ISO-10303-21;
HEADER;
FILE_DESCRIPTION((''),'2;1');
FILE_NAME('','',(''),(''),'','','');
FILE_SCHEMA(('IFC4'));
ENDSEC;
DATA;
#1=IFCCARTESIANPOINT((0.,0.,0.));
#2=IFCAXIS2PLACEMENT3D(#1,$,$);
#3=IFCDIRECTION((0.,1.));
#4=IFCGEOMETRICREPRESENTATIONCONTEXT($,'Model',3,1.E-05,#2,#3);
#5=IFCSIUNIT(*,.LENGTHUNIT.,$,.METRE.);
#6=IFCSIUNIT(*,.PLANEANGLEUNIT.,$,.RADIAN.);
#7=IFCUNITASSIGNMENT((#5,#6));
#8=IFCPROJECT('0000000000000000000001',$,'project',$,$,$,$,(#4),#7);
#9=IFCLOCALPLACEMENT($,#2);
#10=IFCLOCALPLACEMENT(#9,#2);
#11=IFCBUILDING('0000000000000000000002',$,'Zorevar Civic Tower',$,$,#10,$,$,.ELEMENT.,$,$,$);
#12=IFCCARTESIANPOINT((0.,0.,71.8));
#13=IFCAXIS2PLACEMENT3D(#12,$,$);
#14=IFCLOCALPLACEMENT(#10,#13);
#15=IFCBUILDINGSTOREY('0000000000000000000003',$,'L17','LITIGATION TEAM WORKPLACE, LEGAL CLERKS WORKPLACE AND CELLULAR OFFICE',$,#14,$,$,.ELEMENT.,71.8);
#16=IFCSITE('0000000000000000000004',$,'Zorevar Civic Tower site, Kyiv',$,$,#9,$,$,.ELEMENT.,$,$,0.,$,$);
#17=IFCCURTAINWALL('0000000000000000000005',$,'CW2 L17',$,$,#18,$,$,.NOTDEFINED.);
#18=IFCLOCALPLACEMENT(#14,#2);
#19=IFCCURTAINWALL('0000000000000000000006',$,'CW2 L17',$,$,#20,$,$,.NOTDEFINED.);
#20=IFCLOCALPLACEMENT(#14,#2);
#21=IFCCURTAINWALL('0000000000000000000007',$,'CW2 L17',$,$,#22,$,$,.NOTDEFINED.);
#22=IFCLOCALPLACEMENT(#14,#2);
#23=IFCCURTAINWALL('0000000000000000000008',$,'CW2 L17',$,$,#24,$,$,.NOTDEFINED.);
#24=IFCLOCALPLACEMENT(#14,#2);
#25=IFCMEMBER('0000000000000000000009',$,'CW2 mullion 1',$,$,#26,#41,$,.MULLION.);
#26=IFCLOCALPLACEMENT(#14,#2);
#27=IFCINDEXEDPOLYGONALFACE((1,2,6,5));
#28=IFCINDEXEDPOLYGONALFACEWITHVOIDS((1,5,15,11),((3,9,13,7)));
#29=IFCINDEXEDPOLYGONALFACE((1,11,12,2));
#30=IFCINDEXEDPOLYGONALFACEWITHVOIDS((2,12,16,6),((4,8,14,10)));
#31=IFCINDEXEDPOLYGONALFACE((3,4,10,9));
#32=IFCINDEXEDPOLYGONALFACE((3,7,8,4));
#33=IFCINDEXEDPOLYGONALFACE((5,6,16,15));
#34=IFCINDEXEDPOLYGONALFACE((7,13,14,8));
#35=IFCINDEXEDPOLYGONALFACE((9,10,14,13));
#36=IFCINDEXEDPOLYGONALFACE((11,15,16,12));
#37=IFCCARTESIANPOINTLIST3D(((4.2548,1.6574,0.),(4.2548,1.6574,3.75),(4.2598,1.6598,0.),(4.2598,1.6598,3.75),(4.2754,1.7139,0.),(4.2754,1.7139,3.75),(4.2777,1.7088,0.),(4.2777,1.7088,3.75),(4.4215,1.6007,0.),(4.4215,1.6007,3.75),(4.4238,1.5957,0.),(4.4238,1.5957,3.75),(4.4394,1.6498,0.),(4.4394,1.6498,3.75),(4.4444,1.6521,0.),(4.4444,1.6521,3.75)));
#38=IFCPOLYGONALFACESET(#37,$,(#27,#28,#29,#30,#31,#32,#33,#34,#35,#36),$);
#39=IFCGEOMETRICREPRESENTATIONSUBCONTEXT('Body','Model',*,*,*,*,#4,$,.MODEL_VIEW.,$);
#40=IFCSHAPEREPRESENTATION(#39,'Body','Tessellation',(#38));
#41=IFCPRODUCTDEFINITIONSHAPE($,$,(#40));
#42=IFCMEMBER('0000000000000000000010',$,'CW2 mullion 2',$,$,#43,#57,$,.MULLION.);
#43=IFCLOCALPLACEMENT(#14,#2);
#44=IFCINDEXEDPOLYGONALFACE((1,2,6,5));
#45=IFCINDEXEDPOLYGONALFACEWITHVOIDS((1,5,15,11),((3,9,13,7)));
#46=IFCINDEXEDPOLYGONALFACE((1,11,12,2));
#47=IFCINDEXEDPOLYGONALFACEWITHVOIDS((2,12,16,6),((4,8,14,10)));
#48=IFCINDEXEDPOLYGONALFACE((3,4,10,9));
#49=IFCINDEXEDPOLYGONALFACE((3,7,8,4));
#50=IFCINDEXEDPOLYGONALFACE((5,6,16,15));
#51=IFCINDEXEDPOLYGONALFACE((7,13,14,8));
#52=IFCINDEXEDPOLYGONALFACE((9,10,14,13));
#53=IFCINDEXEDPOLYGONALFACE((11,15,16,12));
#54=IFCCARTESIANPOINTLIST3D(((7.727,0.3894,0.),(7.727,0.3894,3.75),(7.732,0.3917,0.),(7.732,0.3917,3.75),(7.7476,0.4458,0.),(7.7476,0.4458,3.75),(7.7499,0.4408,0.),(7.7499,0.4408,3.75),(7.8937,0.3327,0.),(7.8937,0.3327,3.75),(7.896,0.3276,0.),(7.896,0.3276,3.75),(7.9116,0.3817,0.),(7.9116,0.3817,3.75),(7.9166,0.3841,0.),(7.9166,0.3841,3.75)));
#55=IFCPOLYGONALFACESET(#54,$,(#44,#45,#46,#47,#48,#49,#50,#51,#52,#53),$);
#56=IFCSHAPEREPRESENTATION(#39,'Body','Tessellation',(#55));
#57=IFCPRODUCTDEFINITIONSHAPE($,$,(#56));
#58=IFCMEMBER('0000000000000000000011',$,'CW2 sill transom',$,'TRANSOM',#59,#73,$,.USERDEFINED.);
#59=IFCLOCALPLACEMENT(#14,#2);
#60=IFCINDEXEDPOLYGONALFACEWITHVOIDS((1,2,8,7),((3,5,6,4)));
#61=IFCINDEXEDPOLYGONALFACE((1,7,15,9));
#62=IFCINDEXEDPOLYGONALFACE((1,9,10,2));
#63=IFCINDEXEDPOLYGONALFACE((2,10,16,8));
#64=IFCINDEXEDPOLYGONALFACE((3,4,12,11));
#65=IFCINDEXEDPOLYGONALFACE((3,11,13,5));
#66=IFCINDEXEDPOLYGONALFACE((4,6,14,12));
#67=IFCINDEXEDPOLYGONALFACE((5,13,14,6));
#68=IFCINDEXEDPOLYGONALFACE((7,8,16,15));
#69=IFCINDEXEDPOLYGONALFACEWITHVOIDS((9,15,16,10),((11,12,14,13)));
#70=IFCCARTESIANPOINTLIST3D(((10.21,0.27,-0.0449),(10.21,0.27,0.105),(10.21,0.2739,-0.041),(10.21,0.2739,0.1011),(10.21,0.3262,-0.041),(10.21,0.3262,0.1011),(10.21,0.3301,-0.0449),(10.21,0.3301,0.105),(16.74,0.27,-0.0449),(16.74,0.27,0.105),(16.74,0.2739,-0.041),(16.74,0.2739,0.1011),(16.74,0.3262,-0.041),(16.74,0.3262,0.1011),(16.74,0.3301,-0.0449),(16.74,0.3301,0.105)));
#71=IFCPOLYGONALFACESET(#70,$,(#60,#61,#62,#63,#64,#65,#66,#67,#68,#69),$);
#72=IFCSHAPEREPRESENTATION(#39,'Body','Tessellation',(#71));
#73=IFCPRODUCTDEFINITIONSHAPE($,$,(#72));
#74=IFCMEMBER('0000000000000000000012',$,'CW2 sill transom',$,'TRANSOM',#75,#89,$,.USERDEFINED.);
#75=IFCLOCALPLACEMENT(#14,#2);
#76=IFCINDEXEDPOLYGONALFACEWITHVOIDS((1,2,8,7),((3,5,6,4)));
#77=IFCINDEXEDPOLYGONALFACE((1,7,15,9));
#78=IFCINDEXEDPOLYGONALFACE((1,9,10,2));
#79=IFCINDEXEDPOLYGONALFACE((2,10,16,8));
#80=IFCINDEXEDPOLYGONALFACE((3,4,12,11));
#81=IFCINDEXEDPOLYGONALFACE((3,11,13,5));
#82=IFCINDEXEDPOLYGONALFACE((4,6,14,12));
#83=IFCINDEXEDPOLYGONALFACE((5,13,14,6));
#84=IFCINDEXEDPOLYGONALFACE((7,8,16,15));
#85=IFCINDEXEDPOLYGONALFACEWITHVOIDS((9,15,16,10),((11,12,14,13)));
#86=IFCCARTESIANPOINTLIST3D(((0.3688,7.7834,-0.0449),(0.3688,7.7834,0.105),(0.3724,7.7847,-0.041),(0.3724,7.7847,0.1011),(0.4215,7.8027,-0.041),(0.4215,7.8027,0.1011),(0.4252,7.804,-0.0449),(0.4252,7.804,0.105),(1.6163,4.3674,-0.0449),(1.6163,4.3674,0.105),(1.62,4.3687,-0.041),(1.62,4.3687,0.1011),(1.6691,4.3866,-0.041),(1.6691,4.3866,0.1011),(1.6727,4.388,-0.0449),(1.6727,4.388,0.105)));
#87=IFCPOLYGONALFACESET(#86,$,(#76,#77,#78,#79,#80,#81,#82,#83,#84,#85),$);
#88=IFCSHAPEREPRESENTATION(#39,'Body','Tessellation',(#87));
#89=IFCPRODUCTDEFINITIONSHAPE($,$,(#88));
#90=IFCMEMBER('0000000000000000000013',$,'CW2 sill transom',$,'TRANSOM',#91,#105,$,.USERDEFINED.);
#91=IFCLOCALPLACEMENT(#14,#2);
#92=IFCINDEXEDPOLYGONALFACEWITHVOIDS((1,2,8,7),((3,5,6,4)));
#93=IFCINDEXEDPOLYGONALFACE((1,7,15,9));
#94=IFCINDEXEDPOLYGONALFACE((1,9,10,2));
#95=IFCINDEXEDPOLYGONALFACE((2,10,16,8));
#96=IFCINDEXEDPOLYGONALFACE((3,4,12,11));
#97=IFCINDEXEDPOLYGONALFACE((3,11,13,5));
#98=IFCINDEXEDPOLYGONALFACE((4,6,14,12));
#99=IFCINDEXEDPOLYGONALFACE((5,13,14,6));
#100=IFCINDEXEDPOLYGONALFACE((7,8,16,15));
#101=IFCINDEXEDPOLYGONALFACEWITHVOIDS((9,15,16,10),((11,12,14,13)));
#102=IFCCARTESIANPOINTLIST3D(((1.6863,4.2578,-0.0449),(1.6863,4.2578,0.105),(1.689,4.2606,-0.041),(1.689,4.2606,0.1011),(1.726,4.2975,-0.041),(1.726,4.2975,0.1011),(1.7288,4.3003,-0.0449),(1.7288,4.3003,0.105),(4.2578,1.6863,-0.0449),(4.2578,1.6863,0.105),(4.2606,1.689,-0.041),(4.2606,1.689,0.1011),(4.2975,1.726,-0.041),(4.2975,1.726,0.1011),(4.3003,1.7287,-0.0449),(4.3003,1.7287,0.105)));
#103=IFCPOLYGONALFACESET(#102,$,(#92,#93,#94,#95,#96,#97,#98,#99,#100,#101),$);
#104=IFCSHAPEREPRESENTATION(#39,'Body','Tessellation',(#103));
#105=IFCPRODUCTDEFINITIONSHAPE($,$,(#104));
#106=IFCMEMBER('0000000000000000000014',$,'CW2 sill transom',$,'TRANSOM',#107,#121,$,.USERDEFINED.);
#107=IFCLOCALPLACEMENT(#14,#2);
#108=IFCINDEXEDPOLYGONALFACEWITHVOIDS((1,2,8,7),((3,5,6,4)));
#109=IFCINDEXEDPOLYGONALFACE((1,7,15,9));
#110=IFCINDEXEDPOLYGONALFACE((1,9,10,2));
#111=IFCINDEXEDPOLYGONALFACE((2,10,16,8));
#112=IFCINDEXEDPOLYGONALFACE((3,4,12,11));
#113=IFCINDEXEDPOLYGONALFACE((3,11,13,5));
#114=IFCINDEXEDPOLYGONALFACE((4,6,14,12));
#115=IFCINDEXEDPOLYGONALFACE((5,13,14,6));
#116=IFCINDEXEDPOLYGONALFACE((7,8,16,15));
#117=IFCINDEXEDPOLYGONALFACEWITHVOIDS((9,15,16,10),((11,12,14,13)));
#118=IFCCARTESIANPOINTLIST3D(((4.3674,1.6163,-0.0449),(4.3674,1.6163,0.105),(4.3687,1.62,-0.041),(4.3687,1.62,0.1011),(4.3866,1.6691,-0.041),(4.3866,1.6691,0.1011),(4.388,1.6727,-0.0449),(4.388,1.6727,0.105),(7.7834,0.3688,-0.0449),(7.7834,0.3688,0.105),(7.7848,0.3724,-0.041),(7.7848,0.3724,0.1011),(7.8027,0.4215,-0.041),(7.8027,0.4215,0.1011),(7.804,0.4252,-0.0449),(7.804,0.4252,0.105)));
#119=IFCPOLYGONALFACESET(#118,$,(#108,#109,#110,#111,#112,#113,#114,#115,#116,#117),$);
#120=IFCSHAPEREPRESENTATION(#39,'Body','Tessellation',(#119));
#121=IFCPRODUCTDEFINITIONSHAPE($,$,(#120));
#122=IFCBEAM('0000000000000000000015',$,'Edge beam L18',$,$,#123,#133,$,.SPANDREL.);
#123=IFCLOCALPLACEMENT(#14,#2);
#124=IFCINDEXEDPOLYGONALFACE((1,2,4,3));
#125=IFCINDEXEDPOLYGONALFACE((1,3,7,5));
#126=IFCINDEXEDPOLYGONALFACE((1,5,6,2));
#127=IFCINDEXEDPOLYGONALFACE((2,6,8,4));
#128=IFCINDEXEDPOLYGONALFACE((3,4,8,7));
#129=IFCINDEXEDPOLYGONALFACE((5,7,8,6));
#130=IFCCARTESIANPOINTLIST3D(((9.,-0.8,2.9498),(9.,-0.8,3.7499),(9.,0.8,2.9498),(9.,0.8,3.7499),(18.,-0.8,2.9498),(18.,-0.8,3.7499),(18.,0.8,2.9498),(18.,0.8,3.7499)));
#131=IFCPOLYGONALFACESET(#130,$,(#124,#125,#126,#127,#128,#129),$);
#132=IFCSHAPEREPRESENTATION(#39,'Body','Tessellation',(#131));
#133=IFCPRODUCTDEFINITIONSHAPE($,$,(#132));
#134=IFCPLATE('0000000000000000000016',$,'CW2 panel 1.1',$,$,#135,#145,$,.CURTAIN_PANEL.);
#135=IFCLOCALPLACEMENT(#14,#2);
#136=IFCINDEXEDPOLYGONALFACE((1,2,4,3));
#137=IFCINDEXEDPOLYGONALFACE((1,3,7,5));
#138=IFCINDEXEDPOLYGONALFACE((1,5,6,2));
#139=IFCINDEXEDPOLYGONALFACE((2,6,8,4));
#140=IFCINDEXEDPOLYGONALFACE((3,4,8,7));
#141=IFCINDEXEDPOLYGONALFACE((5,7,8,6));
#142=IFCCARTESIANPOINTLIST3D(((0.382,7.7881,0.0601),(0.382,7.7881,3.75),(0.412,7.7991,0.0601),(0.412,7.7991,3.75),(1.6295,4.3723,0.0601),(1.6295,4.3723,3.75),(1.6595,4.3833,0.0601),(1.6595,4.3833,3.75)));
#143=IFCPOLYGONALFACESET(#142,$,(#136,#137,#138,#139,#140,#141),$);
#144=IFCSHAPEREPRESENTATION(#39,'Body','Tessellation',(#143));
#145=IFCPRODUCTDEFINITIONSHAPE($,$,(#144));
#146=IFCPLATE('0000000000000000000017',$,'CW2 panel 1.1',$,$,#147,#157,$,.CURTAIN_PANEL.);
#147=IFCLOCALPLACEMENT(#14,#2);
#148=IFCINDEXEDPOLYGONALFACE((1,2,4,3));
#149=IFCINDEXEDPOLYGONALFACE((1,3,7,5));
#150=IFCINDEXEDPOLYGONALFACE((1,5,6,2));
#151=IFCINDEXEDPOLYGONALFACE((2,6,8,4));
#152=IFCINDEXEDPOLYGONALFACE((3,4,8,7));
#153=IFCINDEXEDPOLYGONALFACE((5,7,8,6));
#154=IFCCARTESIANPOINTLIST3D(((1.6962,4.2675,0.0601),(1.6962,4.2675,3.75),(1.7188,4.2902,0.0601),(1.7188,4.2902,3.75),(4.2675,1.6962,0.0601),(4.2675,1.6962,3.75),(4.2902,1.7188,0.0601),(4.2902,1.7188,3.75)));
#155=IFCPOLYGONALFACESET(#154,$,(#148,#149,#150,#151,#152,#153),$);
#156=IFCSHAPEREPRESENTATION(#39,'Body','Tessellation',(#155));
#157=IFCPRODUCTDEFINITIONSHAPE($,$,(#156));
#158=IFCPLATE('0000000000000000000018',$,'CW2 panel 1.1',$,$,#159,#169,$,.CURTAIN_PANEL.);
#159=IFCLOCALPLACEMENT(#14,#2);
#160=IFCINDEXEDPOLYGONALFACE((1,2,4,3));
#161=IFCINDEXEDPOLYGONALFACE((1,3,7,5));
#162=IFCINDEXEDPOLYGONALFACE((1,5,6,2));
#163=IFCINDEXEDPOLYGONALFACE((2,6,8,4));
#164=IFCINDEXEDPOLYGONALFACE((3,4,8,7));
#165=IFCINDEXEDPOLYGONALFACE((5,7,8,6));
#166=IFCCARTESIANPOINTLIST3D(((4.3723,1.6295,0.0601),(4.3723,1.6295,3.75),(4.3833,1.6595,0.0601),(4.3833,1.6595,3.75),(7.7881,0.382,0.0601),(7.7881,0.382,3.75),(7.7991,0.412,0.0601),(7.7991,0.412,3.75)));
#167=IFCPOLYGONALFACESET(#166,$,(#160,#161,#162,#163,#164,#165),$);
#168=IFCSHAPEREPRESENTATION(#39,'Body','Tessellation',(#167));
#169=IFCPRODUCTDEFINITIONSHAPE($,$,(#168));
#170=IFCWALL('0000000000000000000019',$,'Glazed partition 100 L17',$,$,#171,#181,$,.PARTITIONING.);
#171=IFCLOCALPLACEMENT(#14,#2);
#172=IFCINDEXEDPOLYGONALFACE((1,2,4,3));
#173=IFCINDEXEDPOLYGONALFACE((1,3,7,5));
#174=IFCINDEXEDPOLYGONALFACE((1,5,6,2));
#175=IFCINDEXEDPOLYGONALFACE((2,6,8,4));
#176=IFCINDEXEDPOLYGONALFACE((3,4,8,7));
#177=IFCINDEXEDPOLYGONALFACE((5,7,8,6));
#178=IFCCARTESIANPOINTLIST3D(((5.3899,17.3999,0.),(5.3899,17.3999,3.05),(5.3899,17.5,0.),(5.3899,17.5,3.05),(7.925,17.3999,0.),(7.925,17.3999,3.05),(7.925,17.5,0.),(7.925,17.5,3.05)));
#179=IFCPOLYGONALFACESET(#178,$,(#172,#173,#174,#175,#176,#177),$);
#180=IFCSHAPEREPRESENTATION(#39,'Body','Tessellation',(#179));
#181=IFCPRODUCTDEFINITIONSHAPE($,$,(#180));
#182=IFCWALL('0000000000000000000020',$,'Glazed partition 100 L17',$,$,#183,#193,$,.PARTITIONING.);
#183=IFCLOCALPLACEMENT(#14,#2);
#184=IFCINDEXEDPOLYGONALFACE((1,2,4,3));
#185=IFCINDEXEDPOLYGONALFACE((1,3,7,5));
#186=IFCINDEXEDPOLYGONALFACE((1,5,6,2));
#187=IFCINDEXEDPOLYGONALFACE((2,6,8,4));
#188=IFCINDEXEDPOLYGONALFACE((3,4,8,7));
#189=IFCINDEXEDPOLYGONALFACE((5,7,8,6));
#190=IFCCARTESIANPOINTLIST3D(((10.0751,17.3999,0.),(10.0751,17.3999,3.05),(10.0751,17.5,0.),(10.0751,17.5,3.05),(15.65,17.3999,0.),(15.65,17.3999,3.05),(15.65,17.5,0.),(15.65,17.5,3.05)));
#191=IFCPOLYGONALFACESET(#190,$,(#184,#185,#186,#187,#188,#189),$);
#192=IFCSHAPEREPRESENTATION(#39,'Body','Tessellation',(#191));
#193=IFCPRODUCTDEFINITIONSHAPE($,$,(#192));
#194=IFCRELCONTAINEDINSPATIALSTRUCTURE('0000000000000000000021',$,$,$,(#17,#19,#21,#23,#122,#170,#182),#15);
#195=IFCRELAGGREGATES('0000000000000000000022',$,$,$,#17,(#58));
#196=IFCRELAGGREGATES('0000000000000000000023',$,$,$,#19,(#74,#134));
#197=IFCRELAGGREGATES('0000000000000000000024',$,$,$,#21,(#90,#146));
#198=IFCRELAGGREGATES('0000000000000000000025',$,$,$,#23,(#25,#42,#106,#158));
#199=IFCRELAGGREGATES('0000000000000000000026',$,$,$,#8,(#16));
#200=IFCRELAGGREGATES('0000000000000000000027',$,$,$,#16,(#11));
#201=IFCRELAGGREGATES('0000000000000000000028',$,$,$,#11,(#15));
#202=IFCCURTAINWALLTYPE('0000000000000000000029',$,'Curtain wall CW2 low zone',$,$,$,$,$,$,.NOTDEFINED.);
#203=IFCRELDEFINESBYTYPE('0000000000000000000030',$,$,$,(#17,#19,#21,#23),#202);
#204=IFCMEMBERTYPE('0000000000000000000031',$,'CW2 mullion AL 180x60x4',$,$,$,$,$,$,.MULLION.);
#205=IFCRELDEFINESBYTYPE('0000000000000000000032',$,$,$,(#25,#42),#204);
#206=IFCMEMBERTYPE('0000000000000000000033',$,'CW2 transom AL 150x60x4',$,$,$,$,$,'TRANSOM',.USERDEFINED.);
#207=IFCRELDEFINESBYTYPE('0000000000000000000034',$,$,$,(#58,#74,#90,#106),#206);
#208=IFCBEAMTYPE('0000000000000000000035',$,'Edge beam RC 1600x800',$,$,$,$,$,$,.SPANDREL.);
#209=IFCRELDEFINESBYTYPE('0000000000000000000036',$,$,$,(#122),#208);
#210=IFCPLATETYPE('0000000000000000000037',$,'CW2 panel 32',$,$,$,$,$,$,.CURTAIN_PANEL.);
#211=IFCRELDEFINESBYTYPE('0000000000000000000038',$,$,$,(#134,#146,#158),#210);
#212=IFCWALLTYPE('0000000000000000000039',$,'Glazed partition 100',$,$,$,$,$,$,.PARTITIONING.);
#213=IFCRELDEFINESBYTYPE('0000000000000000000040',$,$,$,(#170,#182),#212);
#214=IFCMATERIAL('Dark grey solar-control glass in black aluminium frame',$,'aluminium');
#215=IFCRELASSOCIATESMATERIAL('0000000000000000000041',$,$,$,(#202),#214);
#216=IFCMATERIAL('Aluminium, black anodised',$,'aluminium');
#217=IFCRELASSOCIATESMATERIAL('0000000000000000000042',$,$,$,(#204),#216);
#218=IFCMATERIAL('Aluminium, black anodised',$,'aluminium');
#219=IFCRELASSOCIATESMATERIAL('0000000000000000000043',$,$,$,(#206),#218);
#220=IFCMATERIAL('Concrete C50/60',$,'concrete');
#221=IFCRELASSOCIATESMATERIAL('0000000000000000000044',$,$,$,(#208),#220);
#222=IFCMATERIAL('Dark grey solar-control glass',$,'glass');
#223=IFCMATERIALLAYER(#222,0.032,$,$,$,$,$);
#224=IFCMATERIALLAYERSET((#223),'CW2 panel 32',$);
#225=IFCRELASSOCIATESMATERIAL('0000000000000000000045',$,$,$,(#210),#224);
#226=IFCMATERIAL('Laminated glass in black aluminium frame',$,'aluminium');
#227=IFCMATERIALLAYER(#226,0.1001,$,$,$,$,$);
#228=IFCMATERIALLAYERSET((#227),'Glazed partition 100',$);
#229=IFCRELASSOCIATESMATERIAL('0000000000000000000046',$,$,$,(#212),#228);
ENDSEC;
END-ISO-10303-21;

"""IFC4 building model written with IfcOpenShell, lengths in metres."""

from ifc_helpers import new_model, si_unit, direction, frame, frame_2d, origin, origin_2d, place, context, subcontext, project, spatial, rectangle, hollow_rectangle, extrude, material, layer, layer_set, material_profile, profile_set, type_object, element, aggregate, save


model = new_model("IFC4")

# Units and contexts
model_context = context("Model", 3, precision=1e-05, world=origin(), true_north=direction((0.0, 1.0)))
body_context = subcontext(model_context, "Body", "Model", "MODEL_VIEW")
ifc_project = project(units=[si_unit("LENGTHUNIT", "METRE"), si_unit("PLANEANGLEUNIT", "RADIAN")], contexts=[model_context])

# Site, building, storey
site_placement = place(None, origin())
site = spatial("IfcSite", under=ifc_project, at=site_placement, Name="Zorevar Civic Tower site, Kyiv", CompositionType="ELEMENT", RefElevation=0.0)
building_placement = place(site_placement, origin())
building = spatial("IfcBuilding", under=site, at=building_placement, Name="Zorevar Civic Tower", CompositionType="ELEMENT")
storey_placement = place(building_placement, frame((0.0, 0.0, 71.8)))
storey = spatial("IfcBuildingStorey", under=building, at=storey_placement, Name="L17", Description="LITIGATION TEAM WORKPLACE, LEGAL CLERKS WORKPLACE AND CELLULAR OFFICE", CompositionType="ELEMENT", Elevation=71.8)

# Curtain wall
ifc_material_1 = material(Name="Dark grey solar-control glass in black aluminium frame", Category="aluminium")
curtain_wall_type = type_object("IfcCurtainWallType", Name="Curtain wall CW2 low zone", PredefinedType="NOTDEFINED", material=ifc_material_1)
curtain_wall_1_placement = place(storey_placement, origin())
curtain_wall_1 = element("IfcCurtainWall", 1, at=curtain_wall_1_placement, inside=storey, type_object=curtain_wall_type, Name="CW2 L17", PredefinedType="NOTDEFINED")
ifc_material_2 = material(Name="Aluminium, black anodised", Category="aluminium")
ifc_material_profile_1 = material_profile(ifc_material_2, hollow_rectangle(XDim=0.0601, YDim=0.1799, WallThickness=0.0039, at=origin_2d()), Name="AL 180x60x4")
ifc_profile_set_1 = profile_set([ifc_material_profile_1], Name="Aluminium, black anodised")
member_type_1 = type_object("IfcMemberType", Name="CW2 mullion AL 180x60x4", PredefinedType="MULLION", material=ifc_profile_set_1)

# Curtain walls, members
curtain_wall_2_placement = place(storey_placement, origin())
curtain_wall_2 = element("IfcCurtainWall", 2, at=curtain_wall_2_placement, inside=storey, type_object=curtain_wall_type, Name="CW2 L17", PredefinedType="NOTDEFINED")
curtain_wall_3_placement = place(storey_placement, origin())
curtain_wall_3 = element("IfcCurtainWall", 3, at=curtain_wall_3_placement, inside=storey, type_object=curtain_wall_type, Name="CW2 L17", PredefinedType="NOTDEFINED")
curtain_wall_4_placement = place(storey_placement, origin())
curtain_wall_4 = element("IfcCurtainWall", 4, at=curtain_wall_4_placement, inside=storey, type_object=curtain_wall_type, Name="CW2 L17", PredefinedType="NOTDEFINED")
member_1_placement = place(storey_placement, frame((4.3496, 1.6548, 0.0), z_axis=(0.0, 0.0, 1.0), x_axis=(0.34306, 0.939313, 0.0)))
member_1 = element("IfcMember", 5, at=member_1_placement, type_object=member_type_1, Name="CW2 mullion 1", PredefinedType="MULLION", context=body_context, shape_type="SweptSolid", body=[
    extrude(hollow_rectangle(XDim=0.0601, YDim=0.1799, WallThickness=0.0039, at=origin_2d()), origin(), (0.0, 0.0, 1.0), 3.75),
])
member_2_placement = place(storey_placement, frame((7.8218, 0.3867, 0.0), z_axis=(0.0, 0.0, 1.0), x_axis=(0.34306, 0.939313, 0.0)))
member_2 = element("IfcMember", 6, at=member_2_placement, type_object=member_type_1, Name="CW2 mullion 2", PredefinedType="MULLION", context=body_context, shape_type="SweptSolid", body=[
    extrude(hollow_rectangle(XDim=0.0601, YDim=0.1799, WallThickness=0.0039, at=origin_2d()), origin(), (0.0, 0.0, 1.0), 3.75),
])

# Members
ifc_material_3 = material(Name="Aluminium, black anodised", Category="aluminium")
ifc_material_profile_2 = material_profile(ifc_material_3, hollow_rectangle(XDim=0.0601, YDim=0.1499, WallThickness=0.0039, at=origin_2d()), Name="AL 150x60x4")
ifc_profile_set_2 = profile_set([ifc_material_profile_2], Name="Aluminium, black anodised")
member_type_2 = type_object("IfcMemberType", Name="CW2 transom AL 150x60x4", ElementType="TRANSOM", PredefinedType="USERDEFINED", material=ifc_profile_set_2)
member_3_placement = place(storey_placement, frame((10.21, 0.3, 0.03), z_axis=(1.0, 0.0, 0.0), x_axis=(0.0, 1.0, 0.0)))
member_3 = element("IfcMember", 7, at=member_3_placement, type_object=member_type_2, Name="CW2 sill transom", ObjectType="TRANSOM", PredefinedType="USERDEFINED", context=body_context, shape_type="SweptSolid", body=[
    extrude(hollow_rectangle(XDim=0.0601, YDim=0.1499, WallThickness=0.0039, at=origin_2d()), origin(), (0.0, 0.0, 1.0), 6.53),
])
aggregate(curtain_wall_1, [member_3])
member_4_placement = place(storey_placement, frame((0.397, 7.7937, 0.03), z_axis=(0.343047, -0.939318, 0.0), x_axis=(0.939318, 0.343047, 0.0)))
member_4 = element("IfcMember", 8, at=member_4_placement, type_object=member_type_2, Name="CW2 sill transom", ObjectType="TRANSOM", PredefinedType="USERDEFINED", context=body_context, shape_type="SweptSolid", body=[
    extrude(hollow_rectangle(XDim=0.0601, YDim=0.1499, WallThickness=0.0039, at=origin_2d()), origin(), (0.0, 0.0, 1.0), 3.6367),
])
member_5_placement = place(storey_placement, frame((1.7075, 4.2791, 0.03), z_axis=(0.707107, -0.707107, 0.0), x_axis=(0.707107, 0.707107, 0.0)))
member_5 = element("IfcMember", 9, at=member_5_placement, type_object=member_type_2, Name="CW2 sill transom", ObjectType="TRANSOM", PredefinedType="USERDEFINED", context=body_context, shape_type="SweptSolid", body=[
    extrude(hollow_rectangle(XDim=0.0601, YDim=0.1499, WallThickness=0.0039, at=origin_2d()), origin(), (0.0, 0.0, 1.0), 3.6367),
])
member_6_placement = place(storey_placement, frame((4.3777, 1.6445, 0.03), z_axis=(0.939318, -0.343047, 0.0), x_axis=(0.343047, 0.939318, 0.0)))
member_6 = element("IfcMember", 10, at=member_6_placement, type_object=member_type_2, Name="CW2 sill transom", ObjectType="TRANSOM", PredefinedType="USERDEFINED", context=body_context, shape_type="SweptSolid", body=[
    extrude(hollow_rectangle(XDim=0.0601, YDim=0.1499, WallThickness=0.0039, at=origin_2d()), origin(), (0.0, 0.0, 1.0), 3.6367),
])

# Beam
ifc_material_4 = material(Name="Concrete C50/60", Category="concrete")
ifc_material_profile_3 = material_profile(ifc_material_4, rectangle(XDim=1.6001, YDim=0.8, at=origin_2d()), Name="RC 1600x800")
ifc_profile_set_3 = profile_set([ifc_material_profile_3], Name="Concrete C50/60")
beam_type_1 = type_object("IfcBeamType", Name="Edge beam RC 1600x800", PredefinedType="SPANDREL", material=ifc_profile_set_3)
beam_1_placement = place(storey_placement, frame((9.0, 0.0, 3.3499), z_axis=(1.0, 0.0, 0.0), x_axis=(0.0, 1.0, 0.0)))
element("IfcBeam", 11, at=beam_1_placement, inside=storey, type_object=beam_type_1, Name="Edge beam L18", PredefinedType="SPANDREL", context=body_context, shape_type="SweptSolid", body=[
    extrude(rectangle(XDim=1.6001, YDim=0.8, at=origin_2d()), origin(), (0.0, 0.0, 1.0), 9.0),
])

# Plates
ifc_material_5 = material(Name="Dark grey solar-control glass", Category="glass")
ifc_layer_1 = layer(ifc_material_5, 0.032)
ifc_layer_set_1 = layer_set([ifc_layer_1], Name="CW2 panel 32")
plate_type = type_object("IfcPlateType", Name="CW2 panel 32", PredefinedType="CURTAIN_PANEL", material=ifc_layer_set_1)
plate_1_placement = place(storey_placement, frame((1.0208, 6.0857, 0.0601), z_axis=(0.0, 0.0, 1.0), x_axis=(0.34306, -0.939313, 0.0)))
plate_1 = element("IfcPlate", 12, at=plate_1_placement, type_object=plate_type, Name="CW2 panel 1.1", PredefinedType="CURTAIN_PANEL", context=body_context, shape_type="SweptSolid", body=[
    extrude(rectangle(XDim=3.6365, YDim=0.032, at=origin_2d()), origin(), (0.0, 0.0, 1.0), 3.6899),
])
aggregate(curtain_wall_2, [member_4, plate_1])
plate_2_placement = place(storey_placement, frame((2.9932, 2.9932, 0.0601), z_axis=(0.0, 0.0, 1.0), x_axis=(0.707107, -0.707107, 0.0)))
plate_2 = element("IfcPlate", 13, at=plate_2_placement, type_object=plate_type, Name="CW2 panel 1.1", PredefinedType="CURTAIN_PANEL", context=body_context, shape_type="SweptSolid", body=[
    extrude(rectangle(XDim=3.6365, YDim=0.032, at=origin_2d()), origin(), (0.0, 0.0, 1.0), 3.6899),
])
aggregate(curtain_wall_3, [member_5, plate_2])
plate_3_placement = place(storey_placement, frame((6.0857, 1.0208, 0.0601), z_axis=(0.0, 0.0, 1.0), x_axis=(0.939313, -0.34306, 0.0)))
plate_3 = element("IfcPlate", 14, at=plate_3_placement, type_object=plate_type, Name="CW2 panel 1.1", PredefinedType="CURTAIN_PANEL", context=body_context, shape_type="SweptSolid", body=[
    extrude(rectangle(XDim=3.6365, YDim=0.032, at=origin_2d()), origin(), (0.0, 0.0, 1.0), 3.6899),
])
aggregate(curtain_wall_4, [member_1, member_2, member_6, plate_3])

# Walls
ifc_material_6 = material(Name="Laminated glass in black aluminium frame", Category="aluminium")
ifc_layer_2 = layer(ifc_material_6, 0.1001)
ifc_layer_set_2 = layer_set([ifc_layer_2], Name="Glazed partition 100")
wall_type_1 = type_object("IfcWallType", Name="Glazed partition 100", PredefinedType="PARTITIONING", material=ifc_layer_set_2)
wall_1_placement = place(storey_placement, frame((5.3899, 17.45, 0.0), z_axis=(0.0, 0.0, 1.0), x_axis=(1.0, 0.0, 0.0)))
element("IfcWall", 15, at=wall_1_placement, inside=storey, type_object=wall_type_1, Name="Glazed partition 100 L17", PredefinedType="PARTITIONING", context=body_context, shape_type="SweptSolid", body=[
    extrude(rectangle(XDim=2.5352, YDim=0.1001, at=frame_2d((1.2676, 0.0))), origin(), (0.0, 0.0, 1.0), 3.05),
])
wall_2_placement = place(storey_placement, frame((10.075, 17.45, 0.0), z_axis=(0.0, 0.0, 1.0), x_axis=(1.0, 0.0, 0.0)))
element("IfcWall", 16, at=wall_2_placement, inside=storey, type_object=wall_type_1, Name="Glazed partition 100 L17", PredefinedType="PARTITIONING", context=body_context, shape_type="SweptSolid", body=[
    extrude(rectangle(XDim=5.575, YDim=0.1001, at=frame_2d((2.7876, 0.0))), origin(), (0.0, 0.0, 1.0), 3.05),
])

save(model, "model.ifc")
